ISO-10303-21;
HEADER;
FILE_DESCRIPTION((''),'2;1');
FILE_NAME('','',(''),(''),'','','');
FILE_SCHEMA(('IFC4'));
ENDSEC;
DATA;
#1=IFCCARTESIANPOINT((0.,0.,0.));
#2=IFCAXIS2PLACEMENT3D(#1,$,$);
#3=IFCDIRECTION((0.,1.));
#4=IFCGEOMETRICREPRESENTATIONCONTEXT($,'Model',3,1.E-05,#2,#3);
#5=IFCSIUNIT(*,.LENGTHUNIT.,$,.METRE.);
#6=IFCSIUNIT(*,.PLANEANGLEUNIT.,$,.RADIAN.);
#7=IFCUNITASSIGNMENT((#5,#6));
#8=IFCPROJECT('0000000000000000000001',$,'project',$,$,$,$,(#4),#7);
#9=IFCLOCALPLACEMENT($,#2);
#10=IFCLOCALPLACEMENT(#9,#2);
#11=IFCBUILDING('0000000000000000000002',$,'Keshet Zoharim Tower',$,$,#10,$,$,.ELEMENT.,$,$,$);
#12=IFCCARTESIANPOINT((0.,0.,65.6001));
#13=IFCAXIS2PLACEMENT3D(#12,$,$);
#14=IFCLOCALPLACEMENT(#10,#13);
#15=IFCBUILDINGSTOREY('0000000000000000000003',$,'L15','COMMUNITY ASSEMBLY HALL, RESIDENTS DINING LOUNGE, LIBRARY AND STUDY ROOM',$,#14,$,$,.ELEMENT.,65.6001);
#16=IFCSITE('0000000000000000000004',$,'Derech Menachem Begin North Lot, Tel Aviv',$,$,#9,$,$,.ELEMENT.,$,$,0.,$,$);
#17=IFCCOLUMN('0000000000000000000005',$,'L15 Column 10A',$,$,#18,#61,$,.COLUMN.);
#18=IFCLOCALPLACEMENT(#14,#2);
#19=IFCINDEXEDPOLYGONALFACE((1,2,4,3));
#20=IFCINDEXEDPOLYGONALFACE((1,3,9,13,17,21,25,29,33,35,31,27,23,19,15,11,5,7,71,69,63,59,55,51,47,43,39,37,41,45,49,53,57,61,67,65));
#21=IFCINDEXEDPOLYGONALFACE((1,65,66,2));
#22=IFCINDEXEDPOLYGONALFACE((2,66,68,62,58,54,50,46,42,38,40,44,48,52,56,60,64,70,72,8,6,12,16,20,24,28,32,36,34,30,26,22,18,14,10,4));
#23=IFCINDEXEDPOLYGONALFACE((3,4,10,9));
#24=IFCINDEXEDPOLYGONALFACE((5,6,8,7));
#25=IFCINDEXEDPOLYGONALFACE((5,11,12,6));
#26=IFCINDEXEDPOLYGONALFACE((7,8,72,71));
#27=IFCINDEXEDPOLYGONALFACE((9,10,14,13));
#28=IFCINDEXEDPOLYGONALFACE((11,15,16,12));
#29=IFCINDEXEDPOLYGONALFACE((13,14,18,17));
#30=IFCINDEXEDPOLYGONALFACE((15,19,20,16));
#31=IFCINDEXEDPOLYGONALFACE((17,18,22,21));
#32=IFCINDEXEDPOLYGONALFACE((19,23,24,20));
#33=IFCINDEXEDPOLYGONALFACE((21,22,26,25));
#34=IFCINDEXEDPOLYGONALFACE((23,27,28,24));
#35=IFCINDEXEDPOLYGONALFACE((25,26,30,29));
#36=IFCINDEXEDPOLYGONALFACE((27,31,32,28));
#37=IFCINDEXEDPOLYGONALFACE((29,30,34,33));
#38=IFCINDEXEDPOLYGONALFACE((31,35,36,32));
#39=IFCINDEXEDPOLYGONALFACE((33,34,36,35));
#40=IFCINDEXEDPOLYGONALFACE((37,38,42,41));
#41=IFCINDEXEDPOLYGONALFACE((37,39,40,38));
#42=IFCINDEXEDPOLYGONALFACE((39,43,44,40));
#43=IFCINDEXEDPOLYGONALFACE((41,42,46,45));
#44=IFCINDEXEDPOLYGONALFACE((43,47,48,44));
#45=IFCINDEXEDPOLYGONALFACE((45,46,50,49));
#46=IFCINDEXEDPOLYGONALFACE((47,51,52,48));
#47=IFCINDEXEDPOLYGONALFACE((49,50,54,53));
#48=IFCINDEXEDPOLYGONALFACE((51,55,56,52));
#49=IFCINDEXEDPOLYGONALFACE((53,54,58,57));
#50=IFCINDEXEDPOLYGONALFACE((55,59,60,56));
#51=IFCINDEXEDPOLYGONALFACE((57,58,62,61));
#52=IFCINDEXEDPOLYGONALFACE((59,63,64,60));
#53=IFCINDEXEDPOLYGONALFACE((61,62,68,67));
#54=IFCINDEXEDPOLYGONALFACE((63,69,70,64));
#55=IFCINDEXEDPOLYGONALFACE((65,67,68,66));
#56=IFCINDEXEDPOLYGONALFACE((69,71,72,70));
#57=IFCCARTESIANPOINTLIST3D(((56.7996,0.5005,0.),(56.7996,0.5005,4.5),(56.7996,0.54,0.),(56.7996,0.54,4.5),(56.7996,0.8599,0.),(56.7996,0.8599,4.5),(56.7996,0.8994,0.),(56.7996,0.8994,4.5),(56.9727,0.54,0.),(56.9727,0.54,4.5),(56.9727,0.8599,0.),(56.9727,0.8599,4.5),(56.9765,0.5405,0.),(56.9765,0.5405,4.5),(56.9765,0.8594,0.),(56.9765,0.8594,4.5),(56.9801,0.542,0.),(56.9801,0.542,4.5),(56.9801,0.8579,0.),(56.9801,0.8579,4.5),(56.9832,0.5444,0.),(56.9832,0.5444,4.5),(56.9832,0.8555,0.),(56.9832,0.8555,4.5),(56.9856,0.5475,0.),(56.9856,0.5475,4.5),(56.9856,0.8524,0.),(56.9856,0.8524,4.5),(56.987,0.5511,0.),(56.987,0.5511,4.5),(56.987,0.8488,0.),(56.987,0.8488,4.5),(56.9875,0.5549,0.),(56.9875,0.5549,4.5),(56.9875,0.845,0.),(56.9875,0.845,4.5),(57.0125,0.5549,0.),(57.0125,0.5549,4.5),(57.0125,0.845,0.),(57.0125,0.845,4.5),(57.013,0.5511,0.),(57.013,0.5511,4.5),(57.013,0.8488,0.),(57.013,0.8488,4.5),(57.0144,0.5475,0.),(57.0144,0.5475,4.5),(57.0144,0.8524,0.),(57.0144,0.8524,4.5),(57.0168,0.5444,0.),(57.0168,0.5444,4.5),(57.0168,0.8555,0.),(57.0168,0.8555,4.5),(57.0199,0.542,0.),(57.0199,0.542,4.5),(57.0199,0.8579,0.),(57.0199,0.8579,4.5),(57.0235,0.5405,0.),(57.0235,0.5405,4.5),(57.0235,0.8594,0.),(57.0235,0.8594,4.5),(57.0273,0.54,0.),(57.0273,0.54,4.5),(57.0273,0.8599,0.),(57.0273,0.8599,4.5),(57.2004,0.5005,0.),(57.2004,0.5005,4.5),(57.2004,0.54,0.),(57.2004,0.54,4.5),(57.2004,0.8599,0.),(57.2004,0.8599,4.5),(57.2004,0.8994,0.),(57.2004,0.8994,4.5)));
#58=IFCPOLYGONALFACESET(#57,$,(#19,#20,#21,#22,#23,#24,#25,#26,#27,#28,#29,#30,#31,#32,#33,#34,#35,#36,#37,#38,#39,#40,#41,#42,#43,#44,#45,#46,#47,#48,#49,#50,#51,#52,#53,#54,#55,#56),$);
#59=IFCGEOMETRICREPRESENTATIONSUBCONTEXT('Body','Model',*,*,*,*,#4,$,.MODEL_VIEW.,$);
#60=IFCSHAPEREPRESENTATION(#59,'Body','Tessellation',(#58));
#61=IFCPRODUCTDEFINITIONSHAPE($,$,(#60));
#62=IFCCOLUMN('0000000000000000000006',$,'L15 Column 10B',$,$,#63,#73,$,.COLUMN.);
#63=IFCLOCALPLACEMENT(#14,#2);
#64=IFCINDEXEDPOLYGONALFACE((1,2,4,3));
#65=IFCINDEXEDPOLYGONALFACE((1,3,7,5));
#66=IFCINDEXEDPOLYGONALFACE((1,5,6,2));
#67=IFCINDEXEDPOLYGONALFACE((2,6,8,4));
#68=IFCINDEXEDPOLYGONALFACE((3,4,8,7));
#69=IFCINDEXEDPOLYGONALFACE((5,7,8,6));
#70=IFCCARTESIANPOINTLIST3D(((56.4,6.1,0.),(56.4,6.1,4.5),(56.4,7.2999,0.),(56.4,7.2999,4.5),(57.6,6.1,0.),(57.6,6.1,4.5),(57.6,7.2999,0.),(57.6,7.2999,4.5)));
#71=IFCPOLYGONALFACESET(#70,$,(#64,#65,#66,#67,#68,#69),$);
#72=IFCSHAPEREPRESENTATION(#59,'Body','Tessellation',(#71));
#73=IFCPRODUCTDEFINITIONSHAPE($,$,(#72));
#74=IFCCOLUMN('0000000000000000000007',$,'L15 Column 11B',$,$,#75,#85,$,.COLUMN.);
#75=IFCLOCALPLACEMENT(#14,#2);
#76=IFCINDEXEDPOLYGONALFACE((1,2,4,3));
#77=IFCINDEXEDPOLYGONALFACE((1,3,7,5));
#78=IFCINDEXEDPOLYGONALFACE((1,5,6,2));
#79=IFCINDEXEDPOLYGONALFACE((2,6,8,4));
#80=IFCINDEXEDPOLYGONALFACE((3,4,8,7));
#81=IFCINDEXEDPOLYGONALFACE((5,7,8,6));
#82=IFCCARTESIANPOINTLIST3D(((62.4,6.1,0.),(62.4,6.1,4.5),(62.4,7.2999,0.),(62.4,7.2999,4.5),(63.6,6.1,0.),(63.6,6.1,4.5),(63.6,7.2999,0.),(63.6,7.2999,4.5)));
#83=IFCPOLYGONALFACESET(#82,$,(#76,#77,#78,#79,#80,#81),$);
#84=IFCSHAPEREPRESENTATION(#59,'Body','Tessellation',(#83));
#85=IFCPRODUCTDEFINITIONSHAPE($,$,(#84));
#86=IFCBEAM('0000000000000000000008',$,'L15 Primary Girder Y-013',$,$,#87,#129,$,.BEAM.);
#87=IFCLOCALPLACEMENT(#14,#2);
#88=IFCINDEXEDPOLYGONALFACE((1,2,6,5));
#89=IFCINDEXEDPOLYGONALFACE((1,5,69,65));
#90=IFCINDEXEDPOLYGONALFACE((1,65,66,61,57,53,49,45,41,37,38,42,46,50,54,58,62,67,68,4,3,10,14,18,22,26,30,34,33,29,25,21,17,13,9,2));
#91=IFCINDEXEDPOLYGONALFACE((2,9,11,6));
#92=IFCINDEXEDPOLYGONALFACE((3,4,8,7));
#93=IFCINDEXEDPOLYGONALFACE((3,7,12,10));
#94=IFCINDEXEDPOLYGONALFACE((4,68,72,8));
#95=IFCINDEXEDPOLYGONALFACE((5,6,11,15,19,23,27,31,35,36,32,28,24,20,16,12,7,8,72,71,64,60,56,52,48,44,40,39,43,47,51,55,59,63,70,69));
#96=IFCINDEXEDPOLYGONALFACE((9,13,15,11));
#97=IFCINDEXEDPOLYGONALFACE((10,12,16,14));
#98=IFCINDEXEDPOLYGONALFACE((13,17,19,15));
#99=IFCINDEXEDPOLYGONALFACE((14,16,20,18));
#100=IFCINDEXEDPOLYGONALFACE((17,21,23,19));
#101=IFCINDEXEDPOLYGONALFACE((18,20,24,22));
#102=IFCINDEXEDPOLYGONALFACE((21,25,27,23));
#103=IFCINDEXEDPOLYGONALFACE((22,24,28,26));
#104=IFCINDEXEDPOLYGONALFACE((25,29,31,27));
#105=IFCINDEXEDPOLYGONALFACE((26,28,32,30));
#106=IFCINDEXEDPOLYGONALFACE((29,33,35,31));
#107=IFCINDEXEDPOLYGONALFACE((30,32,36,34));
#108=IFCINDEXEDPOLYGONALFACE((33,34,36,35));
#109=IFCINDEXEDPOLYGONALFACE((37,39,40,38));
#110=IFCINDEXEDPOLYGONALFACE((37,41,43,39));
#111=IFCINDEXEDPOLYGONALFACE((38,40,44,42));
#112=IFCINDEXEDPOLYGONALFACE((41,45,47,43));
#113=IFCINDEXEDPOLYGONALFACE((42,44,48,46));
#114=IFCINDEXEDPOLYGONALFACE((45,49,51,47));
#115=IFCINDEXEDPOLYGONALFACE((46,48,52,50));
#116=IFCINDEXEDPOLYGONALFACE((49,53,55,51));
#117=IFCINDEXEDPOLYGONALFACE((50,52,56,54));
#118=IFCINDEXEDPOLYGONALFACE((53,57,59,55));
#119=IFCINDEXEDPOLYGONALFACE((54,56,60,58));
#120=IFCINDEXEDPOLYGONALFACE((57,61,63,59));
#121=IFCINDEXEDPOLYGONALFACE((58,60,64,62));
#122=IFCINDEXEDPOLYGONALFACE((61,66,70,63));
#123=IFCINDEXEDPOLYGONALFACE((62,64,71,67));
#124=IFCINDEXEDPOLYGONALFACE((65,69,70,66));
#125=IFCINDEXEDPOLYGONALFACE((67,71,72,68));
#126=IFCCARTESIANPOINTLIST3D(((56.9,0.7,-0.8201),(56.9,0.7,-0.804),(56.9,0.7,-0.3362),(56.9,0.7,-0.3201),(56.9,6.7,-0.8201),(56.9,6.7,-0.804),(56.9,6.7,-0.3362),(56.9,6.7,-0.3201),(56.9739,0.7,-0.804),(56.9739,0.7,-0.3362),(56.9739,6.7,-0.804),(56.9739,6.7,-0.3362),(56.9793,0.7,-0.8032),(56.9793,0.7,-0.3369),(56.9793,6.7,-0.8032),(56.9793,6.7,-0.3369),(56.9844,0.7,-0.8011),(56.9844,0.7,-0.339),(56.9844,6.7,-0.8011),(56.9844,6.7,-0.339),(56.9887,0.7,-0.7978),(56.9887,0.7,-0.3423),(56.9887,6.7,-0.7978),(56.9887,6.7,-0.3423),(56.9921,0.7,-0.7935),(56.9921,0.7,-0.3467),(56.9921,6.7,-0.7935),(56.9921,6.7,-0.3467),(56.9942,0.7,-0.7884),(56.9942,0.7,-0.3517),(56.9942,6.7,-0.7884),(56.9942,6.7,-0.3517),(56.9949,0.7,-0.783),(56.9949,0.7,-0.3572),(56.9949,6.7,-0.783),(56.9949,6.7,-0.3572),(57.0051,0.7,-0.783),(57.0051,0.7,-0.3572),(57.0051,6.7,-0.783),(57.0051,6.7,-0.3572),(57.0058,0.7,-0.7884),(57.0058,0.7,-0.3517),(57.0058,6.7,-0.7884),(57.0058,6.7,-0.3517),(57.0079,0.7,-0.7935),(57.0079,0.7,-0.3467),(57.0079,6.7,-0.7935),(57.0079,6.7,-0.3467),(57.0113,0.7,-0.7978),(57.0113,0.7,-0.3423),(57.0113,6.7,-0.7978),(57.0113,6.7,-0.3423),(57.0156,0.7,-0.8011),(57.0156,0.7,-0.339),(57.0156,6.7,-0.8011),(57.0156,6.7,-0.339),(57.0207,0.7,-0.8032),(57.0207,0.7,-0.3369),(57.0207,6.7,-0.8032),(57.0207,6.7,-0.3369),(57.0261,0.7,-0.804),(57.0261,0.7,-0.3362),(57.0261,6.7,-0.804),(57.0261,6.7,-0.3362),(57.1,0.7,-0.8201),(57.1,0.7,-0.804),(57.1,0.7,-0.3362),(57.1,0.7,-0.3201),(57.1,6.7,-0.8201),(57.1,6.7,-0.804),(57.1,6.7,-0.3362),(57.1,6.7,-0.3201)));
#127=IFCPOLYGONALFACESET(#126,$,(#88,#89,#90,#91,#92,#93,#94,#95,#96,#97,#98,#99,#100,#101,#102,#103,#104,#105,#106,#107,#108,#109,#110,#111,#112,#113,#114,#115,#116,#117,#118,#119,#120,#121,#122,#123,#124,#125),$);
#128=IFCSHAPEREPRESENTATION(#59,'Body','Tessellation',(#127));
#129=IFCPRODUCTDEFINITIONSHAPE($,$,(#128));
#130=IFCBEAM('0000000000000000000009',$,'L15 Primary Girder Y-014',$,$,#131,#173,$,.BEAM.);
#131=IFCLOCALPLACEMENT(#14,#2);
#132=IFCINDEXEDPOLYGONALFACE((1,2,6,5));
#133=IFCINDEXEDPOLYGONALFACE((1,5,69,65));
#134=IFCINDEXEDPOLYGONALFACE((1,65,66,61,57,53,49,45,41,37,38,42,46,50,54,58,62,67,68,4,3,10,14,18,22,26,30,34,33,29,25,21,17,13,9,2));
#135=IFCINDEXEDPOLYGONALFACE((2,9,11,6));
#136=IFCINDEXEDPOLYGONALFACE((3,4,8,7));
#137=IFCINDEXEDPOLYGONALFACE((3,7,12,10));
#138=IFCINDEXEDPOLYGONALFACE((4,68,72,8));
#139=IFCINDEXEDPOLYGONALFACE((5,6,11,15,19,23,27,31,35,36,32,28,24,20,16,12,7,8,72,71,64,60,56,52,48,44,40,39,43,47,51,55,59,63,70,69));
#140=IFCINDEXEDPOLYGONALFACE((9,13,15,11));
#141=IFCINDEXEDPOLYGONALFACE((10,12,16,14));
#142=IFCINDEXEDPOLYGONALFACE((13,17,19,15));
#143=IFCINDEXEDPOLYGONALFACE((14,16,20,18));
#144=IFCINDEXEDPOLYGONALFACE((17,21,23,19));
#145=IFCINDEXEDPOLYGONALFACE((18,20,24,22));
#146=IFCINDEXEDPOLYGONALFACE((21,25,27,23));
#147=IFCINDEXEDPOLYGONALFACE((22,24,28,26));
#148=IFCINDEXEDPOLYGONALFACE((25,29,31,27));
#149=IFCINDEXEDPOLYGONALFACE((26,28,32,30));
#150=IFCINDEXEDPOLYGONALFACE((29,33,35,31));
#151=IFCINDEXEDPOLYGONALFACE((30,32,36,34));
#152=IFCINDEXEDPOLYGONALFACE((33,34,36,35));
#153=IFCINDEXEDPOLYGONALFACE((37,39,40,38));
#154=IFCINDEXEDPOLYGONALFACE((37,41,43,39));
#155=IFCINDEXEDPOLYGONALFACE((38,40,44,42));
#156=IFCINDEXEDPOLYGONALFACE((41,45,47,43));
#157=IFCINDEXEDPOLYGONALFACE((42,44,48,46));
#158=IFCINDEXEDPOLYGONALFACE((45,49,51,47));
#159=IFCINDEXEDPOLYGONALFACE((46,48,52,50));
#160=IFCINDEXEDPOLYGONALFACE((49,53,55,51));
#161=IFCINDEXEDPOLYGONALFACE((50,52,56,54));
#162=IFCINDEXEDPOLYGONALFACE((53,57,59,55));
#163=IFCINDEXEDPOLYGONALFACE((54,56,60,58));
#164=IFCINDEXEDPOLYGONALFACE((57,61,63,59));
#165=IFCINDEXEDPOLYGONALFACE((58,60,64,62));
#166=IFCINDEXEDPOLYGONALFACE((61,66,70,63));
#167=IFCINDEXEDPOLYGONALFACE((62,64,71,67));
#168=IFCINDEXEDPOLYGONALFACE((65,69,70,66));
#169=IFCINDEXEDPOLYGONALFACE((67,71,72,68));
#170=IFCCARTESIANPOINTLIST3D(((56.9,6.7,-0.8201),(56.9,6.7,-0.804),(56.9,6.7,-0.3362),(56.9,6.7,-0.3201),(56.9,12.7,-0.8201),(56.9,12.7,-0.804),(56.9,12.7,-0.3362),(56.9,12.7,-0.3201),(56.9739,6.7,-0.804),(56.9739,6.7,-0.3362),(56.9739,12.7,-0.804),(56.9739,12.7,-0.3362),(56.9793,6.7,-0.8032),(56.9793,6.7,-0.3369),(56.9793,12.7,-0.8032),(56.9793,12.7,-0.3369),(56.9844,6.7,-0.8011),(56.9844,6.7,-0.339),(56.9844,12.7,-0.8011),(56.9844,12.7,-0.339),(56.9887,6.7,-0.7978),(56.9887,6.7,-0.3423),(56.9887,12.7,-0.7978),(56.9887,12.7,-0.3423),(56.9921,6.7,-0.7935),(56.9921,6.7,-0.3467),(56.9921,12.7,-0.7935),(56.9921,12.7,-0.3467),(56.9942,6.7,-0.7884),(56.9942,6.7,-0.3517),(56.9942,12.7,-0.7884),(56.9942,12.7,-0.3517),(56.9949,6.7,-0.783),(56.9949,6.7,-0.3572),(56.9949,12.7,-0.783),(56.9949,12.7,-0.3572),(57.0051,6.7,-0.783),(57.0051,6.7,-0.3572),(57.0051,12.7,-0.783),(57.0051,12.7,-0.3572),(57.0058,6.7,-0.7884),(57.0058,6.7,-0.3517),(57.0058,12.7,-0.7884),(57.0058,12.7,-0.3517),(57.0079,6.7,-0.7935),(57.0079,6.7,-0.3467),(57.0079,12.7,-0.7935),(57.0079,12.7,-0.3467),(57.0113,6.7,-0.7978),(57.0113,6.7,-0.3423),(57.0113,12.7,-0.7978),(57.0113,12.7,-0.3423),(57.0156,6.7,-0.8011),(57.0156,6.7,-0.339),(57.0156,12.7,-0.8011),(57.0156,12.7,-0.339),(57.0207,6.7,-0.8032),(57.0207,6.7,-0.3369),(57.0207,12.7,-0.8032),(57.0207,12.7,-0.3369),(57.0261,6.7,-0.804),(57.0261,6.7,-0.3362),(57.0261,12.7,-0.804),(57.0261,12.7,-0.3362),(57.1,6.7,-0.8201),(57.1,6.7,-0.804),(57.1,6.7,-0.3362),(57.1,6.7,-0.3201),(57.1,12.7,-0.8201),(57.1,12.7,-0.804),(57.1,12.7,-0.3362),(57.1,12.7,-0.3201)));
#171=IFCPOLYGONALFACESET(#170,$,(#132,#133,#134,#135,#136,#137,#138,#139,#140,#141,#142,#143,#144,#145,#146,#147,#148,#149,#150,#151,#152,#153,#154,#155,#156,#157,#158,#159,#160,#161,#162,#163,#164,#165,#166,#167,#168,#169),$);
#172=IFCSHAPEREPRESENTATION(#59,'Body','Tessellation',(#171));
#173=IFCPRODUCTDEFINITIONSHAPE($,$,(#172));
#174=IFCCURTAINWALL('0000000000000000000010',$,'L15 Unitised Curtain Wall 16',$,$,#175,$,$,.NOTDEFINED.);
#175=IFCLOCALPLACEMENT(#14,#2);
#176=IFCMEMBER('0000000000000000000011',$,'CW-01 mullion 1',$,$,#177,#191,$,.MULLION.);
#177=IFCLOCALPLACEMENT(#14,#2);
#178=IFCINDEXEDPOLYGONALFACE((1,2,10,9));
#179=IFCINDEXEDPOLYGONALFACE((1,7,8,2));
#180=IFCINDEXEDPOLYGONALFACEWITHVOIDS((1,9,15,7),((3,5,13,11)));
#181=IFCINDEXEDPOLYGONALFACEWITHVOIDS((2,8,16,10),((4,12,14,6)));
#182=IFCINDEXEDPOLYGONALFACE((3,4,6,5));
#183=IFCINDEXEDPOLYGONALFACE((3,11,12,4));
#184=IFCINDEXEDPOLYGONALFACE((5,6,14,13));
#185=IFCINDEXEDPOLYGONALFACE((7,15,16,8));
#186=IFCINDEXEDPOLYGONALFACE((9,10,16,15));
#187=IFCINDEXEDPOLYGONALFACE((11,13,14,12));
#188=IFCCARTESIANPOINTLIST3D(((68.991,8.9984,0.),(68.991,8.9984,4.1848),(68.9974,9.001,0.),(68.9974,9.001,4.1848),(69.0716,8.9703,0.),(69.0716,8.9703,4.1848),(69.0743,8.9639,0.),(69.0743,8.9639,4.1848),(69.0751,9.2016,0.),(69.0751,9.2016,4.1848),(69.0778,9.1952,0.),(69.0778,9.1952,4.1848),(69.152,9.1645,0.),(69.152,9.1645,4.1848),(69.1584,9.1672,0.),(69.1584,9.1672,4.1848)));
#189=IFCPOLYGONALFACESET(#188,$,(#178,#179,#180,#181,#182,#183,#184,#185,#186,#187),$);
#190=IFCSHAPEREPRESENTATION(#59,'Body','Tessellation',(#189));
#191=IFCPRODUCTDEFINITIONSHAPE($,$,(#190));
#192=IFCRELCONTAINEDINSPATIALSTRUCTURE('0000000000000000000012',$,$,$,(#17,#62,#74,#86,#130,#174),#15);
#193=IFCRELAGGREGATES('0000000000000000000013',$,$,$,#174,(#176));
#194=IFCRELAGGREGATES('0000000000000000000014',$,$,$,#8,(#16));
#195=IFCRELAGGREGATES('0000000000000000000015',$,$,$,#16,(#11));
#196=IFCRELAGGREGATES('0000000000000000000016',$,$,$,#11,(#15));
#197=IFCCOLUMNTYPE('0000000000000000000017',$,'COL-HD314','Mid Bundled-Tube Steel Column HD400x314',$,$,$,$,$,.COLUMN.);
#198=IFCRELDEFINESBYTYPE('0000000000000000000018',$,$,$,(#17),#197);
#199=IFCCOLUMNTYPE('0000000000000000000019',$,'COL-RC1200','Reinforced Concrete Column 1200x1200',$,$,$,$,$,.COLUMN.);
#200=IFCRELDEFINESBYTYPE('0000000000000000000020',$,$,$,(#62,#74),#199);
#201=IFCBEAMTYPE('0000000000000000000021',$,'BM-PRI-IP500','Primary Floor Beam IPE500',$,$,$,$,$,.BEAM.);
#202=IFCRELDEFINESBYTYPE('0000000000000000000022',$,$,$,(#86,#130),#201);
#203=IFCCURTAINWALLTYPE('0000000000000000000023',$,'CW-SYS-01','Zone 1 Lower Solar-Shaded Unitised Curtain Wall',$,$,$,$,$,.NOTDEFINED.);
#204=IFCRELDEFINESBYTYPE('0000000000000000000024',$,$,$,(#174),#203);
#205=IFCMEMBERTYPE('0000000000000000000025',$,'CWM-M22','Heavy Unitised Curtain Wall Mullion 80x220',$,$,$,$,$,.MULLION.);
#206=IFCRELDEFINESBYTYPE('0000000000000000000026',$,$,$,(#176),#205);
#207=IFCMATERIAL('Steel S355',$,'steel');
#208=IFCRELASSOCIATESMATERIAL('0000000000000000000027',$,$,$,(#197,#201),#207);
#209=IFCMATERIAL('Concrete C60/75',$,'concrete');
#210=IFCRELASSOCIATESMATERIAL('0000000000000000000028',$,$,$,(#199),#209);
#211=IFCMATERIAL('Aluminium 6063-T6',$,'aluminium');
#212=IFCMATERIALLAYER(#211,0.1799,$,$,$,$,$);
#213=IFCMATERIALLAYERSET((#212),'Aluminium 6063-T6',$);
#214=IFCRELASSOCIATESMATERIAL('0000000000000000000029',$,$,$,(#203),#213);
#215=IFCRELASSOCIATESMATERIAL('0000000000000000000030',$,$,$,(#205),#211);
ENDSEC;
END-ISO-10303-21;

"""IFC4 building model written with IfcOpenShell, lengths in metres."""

from ifc_helpers import new_model, si_unit, direction, frame, origin, origin_2d, place, context, subcontext, project, spatial, rectangle, hollow_rectangle, i_section, extrude, material, layer, layer_set, material_profile, profile_set, type_object, element, aggregate, save


model = new_model("IFC4")

# Units and contexts
model_context = context("Model", 3, precision=1e-05, world=origin(), true_north=direction((0.0, 1.0)))
body_context = subcontext(model_context, "Body", "Model", "MODEL_VIEW")
ifc_project = project(units=[si_unit("LENGTHUNIT", "METRE"), si_unit("PLANEANGLEUNIT", "RADIAN")], contexts=[model_context])

# Site, building, storey
site_placement = place(None, origin())
site = spatial("IfcSite", under=ifc_project, at=site_placement, Name="Derech Menachem Begin North Lot, Tel Aviv", CompositionType="ELEMENT", RefElevation=0.0)
building_placement = place(site_placement, origin())
building = spatial("IfcBuilding", under=site, at=building_placement, Name="Keshet Zoharim Tower", CompositionType="ELEMENT")
storey_placement = place(building_placement, frame((0.0, 0.0, 65.6001)))
storey = spatial("IfcBuildingStorey", under=building, at=storey_placement, Name="L15", Description="COMMUNITY ASSEMBLY HALL, RESIDENTS DINING LOUNGE, LIBRARY AND STUDY ROOM", CompositionType="ELEMENT", Elevation=65.6001)

# Columns
ifc_material_1 = material(Name="Steel S355", Category="steel")
ifc_material_profile_1 = material_profile(ifc_material_1, i_section(OverallWidth=0.4009, OverallDepth=0.3989, WebThickness=0.0249, FlangeThickness=0.0396, FilletRadius=0.0149, at=origin_2d()), Name="HD400x314")
ifc_profile_set_1 = profile_set([ifc_material_profile_1], Name="Steel S355")
column_type_1 = type_object("IfcColumnType", Name="COL-HD314", Description="Mid Bundled-Tube Steel Column HD400x314", PredefinedType="COLUMN", material=ifc_profile_set_1)
column_placement = place(storey_placement, frame((57.0, 0.7, 0.0), z_axis=(0.0, 0.0, 1.0), x_axis=(1.0, 0.0, 0.0)))
element("IfcColumn", 1, at=column_placement, inside=storey, type_object=column_type_1, Name="L15 Column 10A", PredefinedType="COLUMN", context=body_context, shape_type="SweptSolid", body=[
    extrude(i_section(OverallWidth=0.4009, OverallDepth=0.3989, WebThickness=0.0249, FlangeThickness=0.0396, FilletRadius=0.0149, at=origin_2d()), origin(), (0.0, 0.0, 1.0), 4.5),
])
ifc_material_2 = material(Name="Concrete C60/75", Category="concrete")
ifc_material_profile_2 = material_profile(ifc_material_2, rectangle(XDim=1.2, YDim=1.2, at=origin_2d()), Name="RC1200x1200")
ifc_profile_set_2 = profile_set([ifc_material_profile_2], Name="Concrete C60/75")
column_type_2 = type_object("IfcColumnType", Name="COL-RC1200", Description="Reinforced Concrete Column 1200x1200", PredefinedType="COLUMN", material=ifc_profile_set_2)
for number, where, z_axis, x_axis, name in (
    (2, (57.0, 6.7, 0.0), (0.0, 0.0, 1.0), (1.0, 0.0, 0.0), "L15 Column 10B"),
    (3, (63.0, 6.7, 0.0), (0.0, 0.0, 1.0), (1.0, 0.0, 0.0), "L15 Column 11B"),
):
    element("IfcColumn", number, at=place(storey_placement, frame(where, z_axis=z_axis, x_axis=x_axis)), inside=storey, type_object=column_type_2, Name=name, PredefinedType="COLUMN", context=body_context, shape_type="SweptSolid", body=[
        extrude(rectangle(XDim=1.2, YDim=1.2, at=origin_2d()), origin(), (0.0, 0.0, 1.0), 4.5),
    ])

# Beams
ifc_material_profile_3 = material_profile(ifc_material_1, i_section(OverallWidth=0.2, OverallDepth=0.5, WebThickness=0.0103, FlangeThickness=0.0161, FilletRadius=0.021, at=origin_2d()), Name="IPE500")
ifc_profile_set_3 = profile_set([ifc_material_profile_3], Name="Steel S355")
beam_type = type_object("IfcBeamType", Name="BM-PRI-IP500", Description="Primary Floor Beam IPE500", PredefinedType="BEAM", material=ifc_profile_set_3)
for number, where, z_axis, x_axis, name in (
    (4, (57.0, 0.7, -0.5701), (0.0, 1.0, 0.0), (-1.0, 0.0, 0.0), "L15 Primary Girder Y-013"),
    (5, (57.0, 6.7, -0.5701), (0.0, 1.0, 0.0), (-1.0, 0.0, 0.0), "L15 Primary Girder Y-014"),
):
    element("IfcBeam", number, at=place(storey_placement, frame(where, z_axis=z_axis, x_axis=x_axis)), inside=storey, type_object=beam_type, Name=name, PredefinedType="BEAM", context=body_context, shape_type="SweptSolid", body=[
        extrude(i_section(OverallWidth=0.2, OverallDepth=0.5, WebThickness=0.0103, FlangeThickness=0.0161, FilletRadius=0.021, at=origin_2d()), origin(), (0.0, 0.0, 1.0), 6.0),
    ])

# Curtain wall, member
ifc_material_3 = material(Name="Aluminium 6063-T6", Category="aluminium")
ifc_layer_1 = layer(ifc_material_3, 0.1799)
ifc_layer_set_1 = layer_set([ifc_layer_1], Name="Aluminium 6063-T6")
curtain_wall_type = type_object("IfcCurtainWallType", Name="CW-SYS-01", Description="Zone 1 Lower Solar-Shaded Unitised Curtain Wall", PredefinedType="NOTDEFINED", material=ifc_layer_set_1)
curtain_wall_1_placement = place(storey_placement, origin())
curtain_wall_1 = element("IfcCurtainWall", 6, at=curtain_wall_1_placement, inside=storey, type_object=curtain_wall_type, Name="L15 Unitised Curtain Wall 16", PredefinedType="NOTDEFINED")
ifc_material_profile_4 = material_profile(ifc_material_3, hollow_rectangle(XDim=0.0901, YDim=0.22, WallThickness=0.0049, at=origin_2d()), Name="MUL-90x220")
ifc_profile_set_4 = profile_set([ifc_material_profile_4], Name="Aluminium 6063-T6")
member_type_1 = type_object("IfcMemberType", Name="CWM-M22", Description="Heavy Unitised Curtain Wall Mullion 80x220", PredefinedType="MULLION", material=ifc_profile_set_4)
member_1_placement = place(storey_placement, frame((69.0747, 9.0828, 0.0), z_axis=(0.0, 0.0, 1.0), x_axis=(0.92404, -0.382295, 0.0)))
member_1 = element("IfcMember", 7, at=member_1_placement, type_object=member_type_1, Name="CW-01 mullion 1", PredefinedType="MULLION", context=body_context, shape_type="SweptSolid", body=[
    extrude(hollow_rectangle(XDim=0.0901, YDim=0.22, WallThickness=0.0049, at=origin_2d()), origin(), (0.0, 0.0, 1.0), 4.1848),
])

aggregate(curtain_wall_1, [member_1])

save(model, "model.ifc")
